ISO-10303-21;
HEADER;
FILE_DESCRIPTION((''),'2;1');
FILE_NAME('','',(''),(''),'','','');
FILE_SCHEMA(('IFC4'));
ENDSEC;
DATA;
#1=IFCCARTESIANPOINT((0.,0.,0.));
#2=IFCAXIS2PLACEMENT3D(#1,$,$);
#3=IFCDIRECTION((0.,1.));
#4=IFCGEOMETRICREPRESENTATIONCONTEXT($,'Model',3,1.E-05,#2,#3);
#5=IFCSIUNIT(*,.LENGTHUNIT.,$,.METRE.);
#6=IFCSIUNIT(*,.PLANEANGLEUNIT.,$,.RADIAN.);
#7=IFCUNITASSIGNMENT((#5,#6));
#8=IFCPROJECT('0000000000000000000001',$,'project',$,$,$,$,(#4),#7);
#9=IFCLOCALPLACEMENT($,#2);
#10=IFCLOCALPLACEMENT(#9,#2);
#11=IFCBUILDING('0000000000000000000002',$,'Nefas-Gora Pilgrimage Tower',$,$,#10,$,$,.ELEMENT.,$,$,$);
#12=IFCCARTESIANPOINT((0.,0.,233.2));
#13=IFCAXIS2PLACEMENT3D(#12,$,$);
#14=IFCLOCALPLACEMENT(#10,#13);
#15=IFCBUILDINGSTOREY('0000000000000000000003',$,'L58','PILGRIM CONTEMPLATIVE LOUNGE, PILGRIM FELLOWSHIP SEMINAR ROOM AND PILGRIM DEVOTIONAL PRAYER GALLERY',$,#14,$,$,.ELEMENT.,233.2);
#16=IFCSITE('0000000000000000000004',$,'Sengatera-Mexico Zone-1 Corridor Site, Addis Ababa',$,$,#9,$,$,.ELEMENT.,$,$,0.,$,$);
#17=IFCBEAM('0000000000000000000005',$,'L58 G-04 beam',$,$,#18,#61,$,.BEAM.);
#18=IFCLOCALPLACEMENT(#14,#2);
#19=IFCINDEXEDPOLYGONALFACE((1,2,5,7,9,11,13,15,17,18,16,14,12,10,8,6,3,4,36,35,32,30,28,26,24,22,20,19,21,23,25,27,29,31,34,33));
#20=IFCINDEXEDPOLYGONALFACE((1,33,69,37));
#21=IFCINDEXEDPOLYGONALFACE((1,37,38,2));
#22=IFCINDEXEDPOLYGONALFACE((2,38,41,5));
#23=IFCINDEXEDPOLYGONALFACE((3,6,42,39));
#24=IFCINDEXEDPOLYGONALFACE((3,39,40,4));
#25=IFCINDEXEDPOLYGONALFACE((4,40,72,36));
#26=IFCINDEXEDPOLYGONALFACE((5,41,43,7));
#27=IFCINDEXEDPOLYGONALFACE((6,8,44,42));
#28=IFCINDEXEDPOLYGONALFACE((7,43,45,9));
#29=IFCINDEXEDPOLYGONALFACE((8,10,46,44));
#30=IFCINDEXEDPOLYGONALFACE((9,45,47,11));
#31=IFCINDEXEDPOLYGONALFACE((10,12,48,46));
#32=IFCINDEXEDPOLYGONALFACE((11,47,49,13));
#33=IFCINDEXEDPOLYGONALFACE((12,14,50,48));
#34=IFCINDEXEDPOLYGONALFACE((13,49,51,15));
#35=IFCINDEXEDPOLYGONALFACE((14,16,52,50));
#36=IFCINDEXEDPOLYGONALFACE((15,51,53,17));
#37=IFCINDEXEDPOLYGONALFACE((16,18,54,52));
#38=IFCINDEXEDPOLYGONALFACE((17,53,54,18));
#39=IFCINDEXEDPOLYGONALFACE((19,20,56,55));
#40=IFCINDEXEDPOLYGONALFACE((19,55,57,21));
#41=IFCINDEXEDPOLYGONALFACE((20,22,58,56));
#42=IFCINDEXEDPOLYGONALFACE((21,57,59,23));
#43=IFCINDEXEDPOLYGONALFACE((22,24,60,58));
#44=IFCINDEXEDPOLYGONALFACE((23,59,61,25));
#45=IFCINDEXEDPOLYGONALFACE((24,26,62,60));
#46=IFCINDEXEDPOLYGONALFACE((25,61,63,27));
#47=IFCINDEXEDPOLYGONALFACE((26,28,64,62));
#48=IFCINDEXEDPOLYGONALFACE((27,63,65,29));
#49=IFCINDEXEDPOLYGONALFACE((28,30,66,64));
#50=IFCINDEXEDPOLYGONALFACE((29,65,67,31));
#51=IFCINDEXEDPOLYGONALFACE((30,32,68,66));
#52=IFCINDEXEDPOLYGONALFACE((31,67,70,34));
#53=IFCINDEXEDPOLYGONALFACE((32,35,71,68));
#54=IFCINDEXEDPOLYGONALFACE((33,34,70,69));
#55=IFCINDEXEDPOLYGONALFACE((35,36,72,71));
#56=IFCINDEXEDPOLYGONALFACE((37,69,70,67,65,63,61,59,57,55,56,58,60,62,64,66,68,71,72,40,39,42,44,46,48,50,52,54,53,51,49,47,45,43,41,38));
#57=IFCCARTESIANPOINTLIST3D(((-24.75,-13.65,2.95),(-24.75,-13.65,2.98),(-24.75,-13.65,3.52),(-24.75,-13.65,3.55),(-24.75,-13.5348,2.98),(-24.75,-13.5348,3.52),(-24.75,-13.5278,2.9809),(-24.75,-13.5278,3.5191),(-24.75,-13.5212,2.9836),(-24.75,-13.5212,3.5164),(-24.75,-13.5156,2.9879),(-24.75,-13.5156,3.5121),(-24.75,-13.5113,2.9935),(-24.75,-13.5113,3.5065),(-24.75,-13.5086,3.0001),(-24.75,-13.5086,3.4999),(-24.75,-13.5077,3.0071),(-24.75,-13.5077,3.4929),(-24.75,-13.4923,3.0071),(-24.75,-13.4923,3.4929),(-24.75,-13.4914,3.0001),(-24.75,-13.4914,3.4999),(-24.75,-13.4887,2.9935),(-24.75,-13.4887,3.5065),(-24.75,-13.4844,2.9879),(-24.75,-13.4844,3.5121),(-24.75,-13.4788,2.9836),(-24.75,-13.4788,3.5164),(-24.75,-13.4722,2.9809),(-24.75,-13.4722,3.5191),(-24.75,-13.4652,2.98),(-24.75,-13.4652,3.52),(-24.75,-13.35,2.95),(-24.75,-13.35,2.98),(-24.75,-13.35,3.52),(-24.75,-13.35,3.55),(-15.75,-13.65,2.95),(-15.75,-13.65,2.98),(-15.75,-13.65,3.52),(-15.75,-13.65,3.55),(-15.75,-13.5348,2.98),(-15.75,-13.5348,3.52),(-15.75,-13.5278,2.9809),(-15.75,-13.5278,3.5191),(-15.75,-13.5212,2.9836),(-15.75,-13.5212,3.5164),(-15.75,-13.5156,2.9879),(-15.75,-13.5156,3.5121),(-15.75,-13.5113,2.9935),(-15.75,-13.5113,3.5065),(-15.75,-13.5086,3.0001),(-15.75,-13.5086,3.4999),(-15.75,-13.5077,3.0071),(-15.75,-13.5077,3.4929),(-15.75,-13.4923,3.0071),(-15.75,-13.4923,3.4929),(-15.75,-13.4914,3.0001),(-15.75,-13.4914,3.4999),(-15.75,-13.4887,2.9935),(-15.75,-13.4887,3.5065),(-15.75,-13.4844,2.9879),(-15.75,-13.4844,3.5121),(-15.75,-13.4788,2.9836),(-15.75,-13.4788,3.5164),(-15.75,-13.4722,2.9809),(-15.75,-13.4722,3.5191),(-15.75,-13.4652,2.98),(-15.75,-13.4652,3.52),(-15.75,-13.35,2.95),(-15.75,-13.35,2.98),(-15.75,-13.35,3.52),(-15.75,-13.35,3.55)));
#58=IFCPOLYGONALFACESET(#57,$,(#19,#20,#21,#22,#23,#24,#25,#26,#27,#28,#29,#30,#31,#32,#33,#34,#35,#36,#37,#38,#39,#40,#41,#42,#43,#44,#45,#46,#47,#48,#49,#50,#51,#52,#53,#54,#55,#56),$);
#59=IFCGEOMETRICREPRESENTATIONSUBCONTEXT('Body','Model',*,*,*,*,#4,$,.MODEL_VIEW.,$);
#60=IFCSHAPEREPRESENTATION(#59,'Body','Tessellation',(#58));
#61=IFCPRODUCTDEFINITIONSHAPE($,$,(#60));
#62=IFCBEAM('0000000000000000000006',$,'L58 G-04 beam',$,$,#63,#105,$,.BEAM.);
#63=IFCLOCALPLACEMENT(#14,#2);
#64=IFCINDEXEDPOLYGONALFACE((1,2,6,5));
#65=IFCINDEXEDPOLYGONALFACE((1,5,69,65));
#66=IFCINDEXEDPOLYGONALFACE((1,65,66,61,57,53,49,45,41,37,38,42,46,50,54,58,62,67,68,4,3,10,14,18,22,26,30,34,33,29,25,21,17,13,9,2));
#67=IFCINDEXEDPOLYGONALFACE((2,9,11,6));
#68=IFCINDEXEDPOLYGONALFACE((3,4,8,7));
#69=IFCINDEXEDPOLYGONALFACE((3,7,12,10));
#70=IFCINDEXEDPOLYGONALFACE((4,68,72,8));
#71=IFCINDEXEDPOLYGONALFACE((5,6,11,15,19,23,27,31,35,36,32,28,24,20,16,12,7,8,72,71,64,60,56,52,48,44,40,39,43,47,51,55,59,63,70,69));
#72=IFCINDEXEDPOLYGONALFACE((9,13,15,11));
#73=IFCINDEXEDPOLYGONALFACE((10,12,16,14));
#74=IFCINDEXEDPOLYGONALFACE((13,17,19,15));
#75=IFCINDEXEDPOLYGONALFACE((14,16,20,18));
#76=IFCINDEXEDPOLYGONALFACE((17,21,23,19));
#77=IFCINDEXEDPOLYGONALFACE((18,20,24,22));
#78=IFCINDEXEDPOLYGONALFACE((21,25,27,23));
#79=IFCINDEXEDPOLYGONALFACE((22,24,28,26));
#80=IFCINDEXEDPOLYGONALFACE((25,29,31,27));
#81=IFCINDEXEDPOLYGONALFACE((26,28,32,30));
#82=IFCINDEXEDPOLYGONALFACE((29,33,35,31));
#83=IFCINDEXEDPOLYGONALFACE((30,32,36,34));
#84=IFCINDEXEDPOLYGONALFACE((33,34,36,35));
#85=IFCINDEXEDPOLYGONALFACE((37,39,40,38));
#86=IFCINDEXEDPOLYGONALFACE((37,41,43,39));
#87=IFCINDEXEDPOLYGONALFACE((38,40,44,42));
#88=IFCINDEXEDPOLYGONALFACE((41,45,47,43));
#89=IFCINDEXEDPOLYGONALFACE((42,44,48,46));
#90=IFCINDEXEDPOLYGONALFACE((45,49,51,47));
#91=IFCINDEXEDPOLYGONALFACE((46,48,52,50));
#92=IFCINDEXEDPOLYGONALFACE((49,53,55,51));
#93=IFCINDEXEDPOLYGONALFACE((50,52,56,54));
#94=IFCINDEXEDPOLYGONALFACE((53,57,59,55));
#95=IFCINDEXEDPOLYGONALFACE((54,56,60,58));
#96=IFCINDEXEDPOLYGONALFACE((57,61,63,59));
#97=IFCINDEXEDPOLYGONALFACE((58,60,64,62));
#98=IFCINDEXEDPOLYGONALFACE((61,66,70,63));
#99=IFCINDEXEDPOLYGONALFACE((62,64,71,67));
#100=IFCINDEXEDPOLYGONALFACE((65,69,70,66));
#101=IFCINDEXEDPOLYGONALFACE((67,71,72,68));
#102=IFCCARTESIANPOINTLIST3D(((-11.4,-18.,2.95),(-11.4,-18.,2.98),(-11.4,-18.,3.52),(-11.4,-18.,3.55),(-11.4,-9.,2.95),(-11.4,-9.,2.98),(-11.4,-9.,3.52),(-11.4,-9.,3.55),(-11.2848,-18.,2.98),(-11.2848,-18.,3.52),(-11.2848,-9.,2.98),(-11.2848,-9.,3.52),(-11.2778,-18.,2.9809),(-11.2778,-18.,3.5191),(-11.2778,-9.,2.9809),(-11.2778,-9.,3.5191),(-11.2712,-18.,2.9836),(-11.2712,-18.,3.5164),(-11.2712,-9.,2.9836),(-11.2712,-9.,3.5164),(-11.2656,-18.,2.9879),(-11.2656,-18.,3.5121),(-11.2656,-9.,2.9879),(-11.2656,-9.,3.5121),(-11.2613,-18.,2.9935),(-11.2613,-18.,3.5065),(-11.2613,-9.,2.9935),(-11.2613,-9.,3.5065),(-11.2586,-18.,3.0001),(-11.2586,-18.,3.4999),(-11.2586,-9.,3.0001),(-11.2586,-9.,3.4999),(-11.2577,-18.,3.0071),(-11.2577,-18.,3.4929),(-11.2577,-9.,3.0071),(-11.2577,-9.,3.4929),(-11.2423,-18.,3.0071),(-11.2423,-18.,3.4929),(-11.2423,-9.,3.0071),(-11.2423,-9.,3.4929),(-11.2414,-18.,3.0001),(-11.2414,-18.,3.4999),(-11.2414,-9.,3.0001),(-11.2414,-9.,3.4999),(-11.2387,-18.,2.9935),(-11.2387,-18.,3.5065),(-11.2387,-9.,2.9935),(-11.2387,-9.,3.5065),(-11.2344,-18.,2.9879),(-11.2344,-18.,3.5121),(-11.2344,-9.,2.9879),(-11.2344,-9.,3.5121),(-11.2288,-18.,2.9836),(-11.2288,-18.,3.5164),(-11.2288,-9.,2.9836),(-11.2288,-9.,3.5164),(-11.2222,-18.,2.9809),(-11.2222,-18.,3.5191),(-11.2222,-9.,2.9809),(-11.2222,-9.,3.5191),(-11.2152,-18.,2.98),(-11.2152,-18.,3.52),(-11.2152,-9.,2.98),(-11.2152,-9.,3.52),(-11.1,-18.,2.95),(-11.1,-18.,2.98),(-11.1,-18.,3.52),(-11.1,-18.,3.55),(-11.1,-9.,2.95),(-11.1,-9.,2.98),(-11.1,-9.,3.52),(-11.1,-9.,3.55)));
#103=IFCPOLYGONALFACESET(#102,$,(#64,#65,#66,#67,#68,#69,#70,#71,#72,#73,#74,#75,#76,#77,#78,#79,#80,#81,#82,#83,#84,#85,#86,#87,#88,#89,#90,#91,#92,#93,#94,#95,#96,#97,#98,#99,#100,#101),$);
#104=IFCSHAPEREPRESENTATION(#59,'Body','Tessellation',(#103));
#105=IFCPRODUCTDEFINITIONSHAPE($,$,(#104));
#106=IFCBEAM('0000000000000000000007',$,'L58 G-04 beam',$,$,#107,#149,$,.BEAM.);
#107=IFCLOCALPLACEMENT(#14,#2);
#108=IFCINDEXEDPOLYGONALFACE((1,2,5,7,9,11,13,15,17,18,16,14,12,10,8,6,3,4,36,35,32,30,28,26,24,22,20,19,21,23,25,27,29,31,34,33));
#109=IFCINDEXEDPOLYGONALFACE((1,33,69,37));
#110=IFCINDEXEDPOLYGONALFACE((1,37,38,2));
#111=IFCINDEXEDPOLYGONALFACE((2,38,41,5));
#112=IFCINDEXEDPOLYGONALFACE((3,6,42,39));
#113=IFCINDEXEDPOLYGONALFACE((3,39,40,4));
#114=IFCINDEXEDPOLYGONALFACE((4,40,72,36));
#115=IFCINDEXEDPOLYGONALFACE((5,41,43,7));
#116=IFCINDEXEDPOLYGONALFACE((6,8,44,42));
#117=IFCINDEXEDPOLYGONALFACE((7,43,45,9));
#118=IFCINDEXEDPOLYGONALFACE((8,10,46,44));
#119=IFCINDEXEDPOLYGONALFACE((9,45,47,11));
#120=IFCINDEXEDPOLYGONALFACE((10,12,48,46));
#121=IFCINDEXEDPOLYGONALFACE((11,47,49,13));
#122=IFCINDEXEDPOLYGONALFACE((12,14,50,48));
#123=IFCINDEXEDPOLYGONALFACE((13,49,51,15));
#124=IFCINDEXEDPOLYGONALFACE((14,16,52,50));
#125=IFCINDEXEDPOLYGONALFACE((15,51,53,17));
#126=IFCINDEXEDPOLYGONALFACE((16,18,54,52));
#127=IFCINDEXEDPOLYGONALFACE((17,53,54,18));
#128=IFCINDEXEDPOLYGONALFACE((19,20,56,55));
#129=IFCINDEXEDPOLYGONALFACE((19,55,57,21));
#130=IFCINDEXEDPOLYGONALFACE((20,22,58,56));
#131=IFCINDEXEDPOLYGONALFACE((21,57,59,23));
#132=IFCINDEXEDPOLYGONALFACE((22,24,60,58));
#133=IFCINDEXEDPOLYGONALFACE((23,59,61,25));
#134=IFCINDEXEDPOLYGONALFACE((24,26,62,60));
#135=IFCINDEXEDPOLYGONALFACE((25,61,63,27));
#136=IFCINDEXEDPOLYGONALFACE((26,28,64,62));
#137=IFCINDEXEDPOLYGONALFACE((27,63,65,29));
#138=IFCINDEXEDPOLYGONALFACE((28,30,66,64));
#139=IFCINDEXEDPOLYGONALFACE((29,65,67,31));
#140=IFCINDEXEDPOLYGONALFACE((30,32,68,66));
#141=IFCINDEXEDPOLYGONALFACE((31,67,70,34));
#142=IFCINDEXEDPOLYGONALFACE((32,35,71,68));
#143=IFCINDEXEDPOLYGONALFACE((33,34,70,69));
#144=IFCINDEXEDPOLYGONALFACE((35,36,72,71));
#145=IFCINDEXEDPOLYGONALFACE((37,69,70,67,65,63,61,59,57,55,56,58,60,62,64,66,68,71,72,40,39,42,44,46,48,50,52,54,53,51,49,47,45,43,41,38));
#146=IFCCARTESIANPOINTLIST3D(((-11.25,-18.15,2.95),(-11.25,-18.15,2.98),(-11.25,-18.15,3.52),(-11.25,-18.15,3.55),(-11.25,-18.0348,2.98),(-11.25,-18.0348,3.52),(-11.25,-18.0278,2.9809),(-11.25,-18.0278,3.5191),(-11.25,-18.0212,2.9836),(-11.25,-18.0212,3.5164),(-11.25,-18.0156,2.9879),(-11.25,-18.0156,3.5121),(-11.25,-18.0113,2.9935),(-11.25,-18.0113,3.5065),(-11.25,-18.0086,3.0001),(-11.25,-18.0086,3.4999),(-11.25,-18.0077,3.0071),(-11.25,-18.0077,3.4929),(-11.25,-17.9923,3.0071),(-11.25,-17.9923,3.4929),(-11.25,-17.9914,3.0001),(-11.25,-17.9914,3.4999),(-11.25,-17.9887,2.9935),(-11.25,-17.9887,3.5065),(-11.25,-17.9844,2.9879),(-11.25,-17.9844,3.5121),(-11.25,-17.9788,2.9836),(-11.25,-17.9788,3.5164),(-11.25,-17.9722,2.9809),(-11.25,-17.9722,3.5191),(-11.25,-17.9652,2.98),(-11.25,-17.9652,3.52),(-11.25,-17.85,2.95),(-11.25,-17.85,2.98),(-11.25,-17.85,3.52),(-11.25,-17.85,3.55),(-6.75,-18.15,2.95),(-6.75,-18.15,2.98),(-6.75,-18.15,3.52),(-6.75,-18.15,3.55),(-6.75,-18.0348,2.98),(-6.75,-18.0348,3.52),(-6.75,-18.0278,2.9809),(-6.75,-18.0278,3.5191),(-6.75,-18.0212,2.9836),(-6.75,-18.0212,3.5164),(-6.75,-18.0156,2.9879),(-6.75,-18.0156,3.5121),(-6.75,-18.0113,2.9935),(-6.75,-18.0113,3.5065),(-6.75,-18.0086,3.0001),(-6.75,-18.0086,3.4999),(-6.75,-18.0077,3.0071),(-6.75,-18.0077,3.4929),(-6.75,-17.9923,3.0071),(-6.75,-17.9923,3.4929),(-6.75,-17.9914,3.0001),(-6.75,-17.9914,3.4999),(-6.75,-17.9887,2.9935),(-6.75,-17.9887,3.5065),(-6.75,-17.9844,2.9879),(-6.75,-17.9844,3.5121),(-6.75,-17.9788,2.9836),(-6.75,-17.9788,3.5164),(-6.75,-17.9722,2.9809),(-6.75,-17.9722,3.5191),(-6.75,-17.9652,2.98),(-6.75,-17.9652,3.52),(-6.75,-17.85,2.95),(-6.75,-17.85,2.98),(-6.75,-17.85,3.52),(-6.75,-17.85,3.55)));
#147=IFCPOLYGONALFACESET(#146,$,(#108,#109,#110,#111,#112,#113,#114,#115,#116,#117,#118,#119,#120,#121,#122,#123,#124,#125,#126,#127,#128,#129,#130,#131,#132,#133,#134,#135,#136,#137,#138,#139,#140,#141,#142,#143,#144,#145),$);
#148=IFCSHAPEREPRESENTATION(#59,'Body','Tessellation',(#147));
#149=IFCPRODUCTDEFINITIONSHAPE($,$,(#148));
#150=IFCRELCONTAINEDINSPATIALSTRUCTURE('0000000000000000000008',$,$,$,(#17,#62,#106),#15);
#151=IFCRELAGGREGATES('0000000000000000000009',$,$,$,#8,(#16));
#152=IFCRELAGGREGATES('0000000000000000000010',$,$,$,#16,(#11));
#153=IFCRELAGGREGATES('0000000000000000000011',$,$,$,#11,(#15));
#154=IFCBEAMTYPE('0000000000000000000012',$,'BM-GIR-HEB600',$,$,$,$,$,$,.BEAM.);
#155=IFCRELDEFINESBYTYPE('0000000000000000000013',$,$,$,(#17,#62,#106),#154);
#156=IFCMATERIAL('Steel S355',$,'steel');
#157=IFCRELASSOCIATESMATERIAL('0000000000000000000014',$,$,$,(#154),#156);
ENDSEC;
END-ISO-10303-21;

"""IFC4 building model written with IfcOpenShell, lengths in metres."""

from ifc_helpers import new_model, si_unit, direction, frame, origin, origin_2d, place, context, subcontext, project, spatial, i_section, extrude, source, transform, mapped, material, material_profile, profile_set, type_object, element, save


model = new_model("IFC4")

# Units and contexts
model_context = context("Model", 3, precision=1e-05, world=origin(), true_north=direction((0.0, 1.0)))
body_context = subcontext(model_context, "Body", "Model", "MODEL_VIEW")
ifc_project = project(units=[si_unit("LENGTHUNIT", "METRE"), si_unit("PLANEANGLEUNIT", "RADIAN")], contexts=[model_context])

# Site, building, storey
site_placement = place(None, origin())
site = spatial("IfcSite", under=ifc_project, at=site_placement, Name="Sengatera-Mexico Zone-1 Corridor Site, Addis Ababa", CompositionType="ELEMENT", RefElevation=0.0)
building_placement = place(site_placement, origin())
building = spatial("IfcBuilding", under=site, at=building_placement, Name="Nefas-Gora Pilgrimage Tower", CompositionType="ELEMENT")
storey_placement = place(building_placement, frame((0.0, 0.0, 233.2)))
storey = spatial("IfcBuildingStorey", under=building, at=storey_placement, Name="L58", Description="PILGRIM CONTEMPLATIVE LOUNGE, PILGRIM FELLOWSHIP SEMINAR ROOM AND PILGRIM DEVOTIONAL PRAYER GALLERY", CompositionType="ELEMENT", Elevation=233.2)

# Beams
ifc_material_1 = material(Name="Steel S355", Category="steel")
ifc_material_profile_1 = material_profile(ifc_material_1, i_section(OverallWidth=0.3, OverallDepth=0.6001, WebThickness=0.0154, FlangeThickness=0.03, FilletRadius=0.0271, at=origin_2d()), Name="HEB 600")
ifc_profile_set_1 = profile_set([ifc_material_profile_1], Name="Steel S355")
beam_type_1 = type_object("IfcBeamType", Name="BM-GIR-HEB600", PredefinedType="BEAM", material=ifc_profile_set_1)
shared_shape_1 = source(origin(), body_context, "Body", "SweptSolid", [
    extrude(i_section(OverallWidth=0.3, OverallDepth=0.6001, WebThickness=0.0154, FlangeThickness=0.03, FilletRadius=0.0271, at=origin_2d()), origin(), (0.0, 0.0, 1.0), 9.0),
])
for number, where, z_axis, x_axis, name in (
    (1, (-24.75, -13.5, 3.25), (1.0, 0.0, 0.0), (0.0, 1.0, 0.0), "L58 G-04 beam"),
    (2, (-11.25, -18.0, 3.25), (0.0, 1.0, 0.0), (-1.0, 0.0, 0.0), "L58 G-04 beam"),
):
    element("IfcBeam", number, at=place(storey_placement, frame(where, z_axis=z_axis, x_axis=x_axis)), inside=storey, type_object=beam_type_1, Name=name, PredefinedType="BEAM", context=body_context, shape_type="MappedRepresentation", body=[
        mapped(shared_shape_1, transform((0.0, 0.0, 0.0), x_axis=(1.0, 0.0, 0.0), y_axis=(0.0, 1.0, 0.0), z_axis=(0.0, 0.0, 1.0), scale=1.0)),
    ])
shared_shape_2 = source(origin(), body_context, "Body", "SweptSolid", [
    extrude(i_section(OverallWidth=0.3, OverallDepth=0.6001, WebThickness=0.0154, FlangeThickness=0.03, FilletRadius=0.0271, at=origin_2d()), origin(), (0.0, 0.0, 1.0), 4.5),
])
beam_1_placement = place(storey_placement, frame((-11.25, -18.0, 3.25), z_axis=(1.0, 0.0, 0.0), x_axis=(0.0, 1.0, 0.0)))
element("IfcBeam", 3, at=beam_1_placement, inside=storey, type_object=beam_type_1, Name="L58 G-04 beam", PredefinedType="BEAM", context=body_context, shape_type="MappedRepresentation", body=[
    mapped(shared_shape_2, transform((0.0, 0.0, 0.0), x_axis=(1.0, 0.0, 0.0), y_axis=(0.0, 1.0, 0.0), z_axis=(0.0, 0.0, 1.0), scale=1.0)),
])

save(model, "model.ifc")
